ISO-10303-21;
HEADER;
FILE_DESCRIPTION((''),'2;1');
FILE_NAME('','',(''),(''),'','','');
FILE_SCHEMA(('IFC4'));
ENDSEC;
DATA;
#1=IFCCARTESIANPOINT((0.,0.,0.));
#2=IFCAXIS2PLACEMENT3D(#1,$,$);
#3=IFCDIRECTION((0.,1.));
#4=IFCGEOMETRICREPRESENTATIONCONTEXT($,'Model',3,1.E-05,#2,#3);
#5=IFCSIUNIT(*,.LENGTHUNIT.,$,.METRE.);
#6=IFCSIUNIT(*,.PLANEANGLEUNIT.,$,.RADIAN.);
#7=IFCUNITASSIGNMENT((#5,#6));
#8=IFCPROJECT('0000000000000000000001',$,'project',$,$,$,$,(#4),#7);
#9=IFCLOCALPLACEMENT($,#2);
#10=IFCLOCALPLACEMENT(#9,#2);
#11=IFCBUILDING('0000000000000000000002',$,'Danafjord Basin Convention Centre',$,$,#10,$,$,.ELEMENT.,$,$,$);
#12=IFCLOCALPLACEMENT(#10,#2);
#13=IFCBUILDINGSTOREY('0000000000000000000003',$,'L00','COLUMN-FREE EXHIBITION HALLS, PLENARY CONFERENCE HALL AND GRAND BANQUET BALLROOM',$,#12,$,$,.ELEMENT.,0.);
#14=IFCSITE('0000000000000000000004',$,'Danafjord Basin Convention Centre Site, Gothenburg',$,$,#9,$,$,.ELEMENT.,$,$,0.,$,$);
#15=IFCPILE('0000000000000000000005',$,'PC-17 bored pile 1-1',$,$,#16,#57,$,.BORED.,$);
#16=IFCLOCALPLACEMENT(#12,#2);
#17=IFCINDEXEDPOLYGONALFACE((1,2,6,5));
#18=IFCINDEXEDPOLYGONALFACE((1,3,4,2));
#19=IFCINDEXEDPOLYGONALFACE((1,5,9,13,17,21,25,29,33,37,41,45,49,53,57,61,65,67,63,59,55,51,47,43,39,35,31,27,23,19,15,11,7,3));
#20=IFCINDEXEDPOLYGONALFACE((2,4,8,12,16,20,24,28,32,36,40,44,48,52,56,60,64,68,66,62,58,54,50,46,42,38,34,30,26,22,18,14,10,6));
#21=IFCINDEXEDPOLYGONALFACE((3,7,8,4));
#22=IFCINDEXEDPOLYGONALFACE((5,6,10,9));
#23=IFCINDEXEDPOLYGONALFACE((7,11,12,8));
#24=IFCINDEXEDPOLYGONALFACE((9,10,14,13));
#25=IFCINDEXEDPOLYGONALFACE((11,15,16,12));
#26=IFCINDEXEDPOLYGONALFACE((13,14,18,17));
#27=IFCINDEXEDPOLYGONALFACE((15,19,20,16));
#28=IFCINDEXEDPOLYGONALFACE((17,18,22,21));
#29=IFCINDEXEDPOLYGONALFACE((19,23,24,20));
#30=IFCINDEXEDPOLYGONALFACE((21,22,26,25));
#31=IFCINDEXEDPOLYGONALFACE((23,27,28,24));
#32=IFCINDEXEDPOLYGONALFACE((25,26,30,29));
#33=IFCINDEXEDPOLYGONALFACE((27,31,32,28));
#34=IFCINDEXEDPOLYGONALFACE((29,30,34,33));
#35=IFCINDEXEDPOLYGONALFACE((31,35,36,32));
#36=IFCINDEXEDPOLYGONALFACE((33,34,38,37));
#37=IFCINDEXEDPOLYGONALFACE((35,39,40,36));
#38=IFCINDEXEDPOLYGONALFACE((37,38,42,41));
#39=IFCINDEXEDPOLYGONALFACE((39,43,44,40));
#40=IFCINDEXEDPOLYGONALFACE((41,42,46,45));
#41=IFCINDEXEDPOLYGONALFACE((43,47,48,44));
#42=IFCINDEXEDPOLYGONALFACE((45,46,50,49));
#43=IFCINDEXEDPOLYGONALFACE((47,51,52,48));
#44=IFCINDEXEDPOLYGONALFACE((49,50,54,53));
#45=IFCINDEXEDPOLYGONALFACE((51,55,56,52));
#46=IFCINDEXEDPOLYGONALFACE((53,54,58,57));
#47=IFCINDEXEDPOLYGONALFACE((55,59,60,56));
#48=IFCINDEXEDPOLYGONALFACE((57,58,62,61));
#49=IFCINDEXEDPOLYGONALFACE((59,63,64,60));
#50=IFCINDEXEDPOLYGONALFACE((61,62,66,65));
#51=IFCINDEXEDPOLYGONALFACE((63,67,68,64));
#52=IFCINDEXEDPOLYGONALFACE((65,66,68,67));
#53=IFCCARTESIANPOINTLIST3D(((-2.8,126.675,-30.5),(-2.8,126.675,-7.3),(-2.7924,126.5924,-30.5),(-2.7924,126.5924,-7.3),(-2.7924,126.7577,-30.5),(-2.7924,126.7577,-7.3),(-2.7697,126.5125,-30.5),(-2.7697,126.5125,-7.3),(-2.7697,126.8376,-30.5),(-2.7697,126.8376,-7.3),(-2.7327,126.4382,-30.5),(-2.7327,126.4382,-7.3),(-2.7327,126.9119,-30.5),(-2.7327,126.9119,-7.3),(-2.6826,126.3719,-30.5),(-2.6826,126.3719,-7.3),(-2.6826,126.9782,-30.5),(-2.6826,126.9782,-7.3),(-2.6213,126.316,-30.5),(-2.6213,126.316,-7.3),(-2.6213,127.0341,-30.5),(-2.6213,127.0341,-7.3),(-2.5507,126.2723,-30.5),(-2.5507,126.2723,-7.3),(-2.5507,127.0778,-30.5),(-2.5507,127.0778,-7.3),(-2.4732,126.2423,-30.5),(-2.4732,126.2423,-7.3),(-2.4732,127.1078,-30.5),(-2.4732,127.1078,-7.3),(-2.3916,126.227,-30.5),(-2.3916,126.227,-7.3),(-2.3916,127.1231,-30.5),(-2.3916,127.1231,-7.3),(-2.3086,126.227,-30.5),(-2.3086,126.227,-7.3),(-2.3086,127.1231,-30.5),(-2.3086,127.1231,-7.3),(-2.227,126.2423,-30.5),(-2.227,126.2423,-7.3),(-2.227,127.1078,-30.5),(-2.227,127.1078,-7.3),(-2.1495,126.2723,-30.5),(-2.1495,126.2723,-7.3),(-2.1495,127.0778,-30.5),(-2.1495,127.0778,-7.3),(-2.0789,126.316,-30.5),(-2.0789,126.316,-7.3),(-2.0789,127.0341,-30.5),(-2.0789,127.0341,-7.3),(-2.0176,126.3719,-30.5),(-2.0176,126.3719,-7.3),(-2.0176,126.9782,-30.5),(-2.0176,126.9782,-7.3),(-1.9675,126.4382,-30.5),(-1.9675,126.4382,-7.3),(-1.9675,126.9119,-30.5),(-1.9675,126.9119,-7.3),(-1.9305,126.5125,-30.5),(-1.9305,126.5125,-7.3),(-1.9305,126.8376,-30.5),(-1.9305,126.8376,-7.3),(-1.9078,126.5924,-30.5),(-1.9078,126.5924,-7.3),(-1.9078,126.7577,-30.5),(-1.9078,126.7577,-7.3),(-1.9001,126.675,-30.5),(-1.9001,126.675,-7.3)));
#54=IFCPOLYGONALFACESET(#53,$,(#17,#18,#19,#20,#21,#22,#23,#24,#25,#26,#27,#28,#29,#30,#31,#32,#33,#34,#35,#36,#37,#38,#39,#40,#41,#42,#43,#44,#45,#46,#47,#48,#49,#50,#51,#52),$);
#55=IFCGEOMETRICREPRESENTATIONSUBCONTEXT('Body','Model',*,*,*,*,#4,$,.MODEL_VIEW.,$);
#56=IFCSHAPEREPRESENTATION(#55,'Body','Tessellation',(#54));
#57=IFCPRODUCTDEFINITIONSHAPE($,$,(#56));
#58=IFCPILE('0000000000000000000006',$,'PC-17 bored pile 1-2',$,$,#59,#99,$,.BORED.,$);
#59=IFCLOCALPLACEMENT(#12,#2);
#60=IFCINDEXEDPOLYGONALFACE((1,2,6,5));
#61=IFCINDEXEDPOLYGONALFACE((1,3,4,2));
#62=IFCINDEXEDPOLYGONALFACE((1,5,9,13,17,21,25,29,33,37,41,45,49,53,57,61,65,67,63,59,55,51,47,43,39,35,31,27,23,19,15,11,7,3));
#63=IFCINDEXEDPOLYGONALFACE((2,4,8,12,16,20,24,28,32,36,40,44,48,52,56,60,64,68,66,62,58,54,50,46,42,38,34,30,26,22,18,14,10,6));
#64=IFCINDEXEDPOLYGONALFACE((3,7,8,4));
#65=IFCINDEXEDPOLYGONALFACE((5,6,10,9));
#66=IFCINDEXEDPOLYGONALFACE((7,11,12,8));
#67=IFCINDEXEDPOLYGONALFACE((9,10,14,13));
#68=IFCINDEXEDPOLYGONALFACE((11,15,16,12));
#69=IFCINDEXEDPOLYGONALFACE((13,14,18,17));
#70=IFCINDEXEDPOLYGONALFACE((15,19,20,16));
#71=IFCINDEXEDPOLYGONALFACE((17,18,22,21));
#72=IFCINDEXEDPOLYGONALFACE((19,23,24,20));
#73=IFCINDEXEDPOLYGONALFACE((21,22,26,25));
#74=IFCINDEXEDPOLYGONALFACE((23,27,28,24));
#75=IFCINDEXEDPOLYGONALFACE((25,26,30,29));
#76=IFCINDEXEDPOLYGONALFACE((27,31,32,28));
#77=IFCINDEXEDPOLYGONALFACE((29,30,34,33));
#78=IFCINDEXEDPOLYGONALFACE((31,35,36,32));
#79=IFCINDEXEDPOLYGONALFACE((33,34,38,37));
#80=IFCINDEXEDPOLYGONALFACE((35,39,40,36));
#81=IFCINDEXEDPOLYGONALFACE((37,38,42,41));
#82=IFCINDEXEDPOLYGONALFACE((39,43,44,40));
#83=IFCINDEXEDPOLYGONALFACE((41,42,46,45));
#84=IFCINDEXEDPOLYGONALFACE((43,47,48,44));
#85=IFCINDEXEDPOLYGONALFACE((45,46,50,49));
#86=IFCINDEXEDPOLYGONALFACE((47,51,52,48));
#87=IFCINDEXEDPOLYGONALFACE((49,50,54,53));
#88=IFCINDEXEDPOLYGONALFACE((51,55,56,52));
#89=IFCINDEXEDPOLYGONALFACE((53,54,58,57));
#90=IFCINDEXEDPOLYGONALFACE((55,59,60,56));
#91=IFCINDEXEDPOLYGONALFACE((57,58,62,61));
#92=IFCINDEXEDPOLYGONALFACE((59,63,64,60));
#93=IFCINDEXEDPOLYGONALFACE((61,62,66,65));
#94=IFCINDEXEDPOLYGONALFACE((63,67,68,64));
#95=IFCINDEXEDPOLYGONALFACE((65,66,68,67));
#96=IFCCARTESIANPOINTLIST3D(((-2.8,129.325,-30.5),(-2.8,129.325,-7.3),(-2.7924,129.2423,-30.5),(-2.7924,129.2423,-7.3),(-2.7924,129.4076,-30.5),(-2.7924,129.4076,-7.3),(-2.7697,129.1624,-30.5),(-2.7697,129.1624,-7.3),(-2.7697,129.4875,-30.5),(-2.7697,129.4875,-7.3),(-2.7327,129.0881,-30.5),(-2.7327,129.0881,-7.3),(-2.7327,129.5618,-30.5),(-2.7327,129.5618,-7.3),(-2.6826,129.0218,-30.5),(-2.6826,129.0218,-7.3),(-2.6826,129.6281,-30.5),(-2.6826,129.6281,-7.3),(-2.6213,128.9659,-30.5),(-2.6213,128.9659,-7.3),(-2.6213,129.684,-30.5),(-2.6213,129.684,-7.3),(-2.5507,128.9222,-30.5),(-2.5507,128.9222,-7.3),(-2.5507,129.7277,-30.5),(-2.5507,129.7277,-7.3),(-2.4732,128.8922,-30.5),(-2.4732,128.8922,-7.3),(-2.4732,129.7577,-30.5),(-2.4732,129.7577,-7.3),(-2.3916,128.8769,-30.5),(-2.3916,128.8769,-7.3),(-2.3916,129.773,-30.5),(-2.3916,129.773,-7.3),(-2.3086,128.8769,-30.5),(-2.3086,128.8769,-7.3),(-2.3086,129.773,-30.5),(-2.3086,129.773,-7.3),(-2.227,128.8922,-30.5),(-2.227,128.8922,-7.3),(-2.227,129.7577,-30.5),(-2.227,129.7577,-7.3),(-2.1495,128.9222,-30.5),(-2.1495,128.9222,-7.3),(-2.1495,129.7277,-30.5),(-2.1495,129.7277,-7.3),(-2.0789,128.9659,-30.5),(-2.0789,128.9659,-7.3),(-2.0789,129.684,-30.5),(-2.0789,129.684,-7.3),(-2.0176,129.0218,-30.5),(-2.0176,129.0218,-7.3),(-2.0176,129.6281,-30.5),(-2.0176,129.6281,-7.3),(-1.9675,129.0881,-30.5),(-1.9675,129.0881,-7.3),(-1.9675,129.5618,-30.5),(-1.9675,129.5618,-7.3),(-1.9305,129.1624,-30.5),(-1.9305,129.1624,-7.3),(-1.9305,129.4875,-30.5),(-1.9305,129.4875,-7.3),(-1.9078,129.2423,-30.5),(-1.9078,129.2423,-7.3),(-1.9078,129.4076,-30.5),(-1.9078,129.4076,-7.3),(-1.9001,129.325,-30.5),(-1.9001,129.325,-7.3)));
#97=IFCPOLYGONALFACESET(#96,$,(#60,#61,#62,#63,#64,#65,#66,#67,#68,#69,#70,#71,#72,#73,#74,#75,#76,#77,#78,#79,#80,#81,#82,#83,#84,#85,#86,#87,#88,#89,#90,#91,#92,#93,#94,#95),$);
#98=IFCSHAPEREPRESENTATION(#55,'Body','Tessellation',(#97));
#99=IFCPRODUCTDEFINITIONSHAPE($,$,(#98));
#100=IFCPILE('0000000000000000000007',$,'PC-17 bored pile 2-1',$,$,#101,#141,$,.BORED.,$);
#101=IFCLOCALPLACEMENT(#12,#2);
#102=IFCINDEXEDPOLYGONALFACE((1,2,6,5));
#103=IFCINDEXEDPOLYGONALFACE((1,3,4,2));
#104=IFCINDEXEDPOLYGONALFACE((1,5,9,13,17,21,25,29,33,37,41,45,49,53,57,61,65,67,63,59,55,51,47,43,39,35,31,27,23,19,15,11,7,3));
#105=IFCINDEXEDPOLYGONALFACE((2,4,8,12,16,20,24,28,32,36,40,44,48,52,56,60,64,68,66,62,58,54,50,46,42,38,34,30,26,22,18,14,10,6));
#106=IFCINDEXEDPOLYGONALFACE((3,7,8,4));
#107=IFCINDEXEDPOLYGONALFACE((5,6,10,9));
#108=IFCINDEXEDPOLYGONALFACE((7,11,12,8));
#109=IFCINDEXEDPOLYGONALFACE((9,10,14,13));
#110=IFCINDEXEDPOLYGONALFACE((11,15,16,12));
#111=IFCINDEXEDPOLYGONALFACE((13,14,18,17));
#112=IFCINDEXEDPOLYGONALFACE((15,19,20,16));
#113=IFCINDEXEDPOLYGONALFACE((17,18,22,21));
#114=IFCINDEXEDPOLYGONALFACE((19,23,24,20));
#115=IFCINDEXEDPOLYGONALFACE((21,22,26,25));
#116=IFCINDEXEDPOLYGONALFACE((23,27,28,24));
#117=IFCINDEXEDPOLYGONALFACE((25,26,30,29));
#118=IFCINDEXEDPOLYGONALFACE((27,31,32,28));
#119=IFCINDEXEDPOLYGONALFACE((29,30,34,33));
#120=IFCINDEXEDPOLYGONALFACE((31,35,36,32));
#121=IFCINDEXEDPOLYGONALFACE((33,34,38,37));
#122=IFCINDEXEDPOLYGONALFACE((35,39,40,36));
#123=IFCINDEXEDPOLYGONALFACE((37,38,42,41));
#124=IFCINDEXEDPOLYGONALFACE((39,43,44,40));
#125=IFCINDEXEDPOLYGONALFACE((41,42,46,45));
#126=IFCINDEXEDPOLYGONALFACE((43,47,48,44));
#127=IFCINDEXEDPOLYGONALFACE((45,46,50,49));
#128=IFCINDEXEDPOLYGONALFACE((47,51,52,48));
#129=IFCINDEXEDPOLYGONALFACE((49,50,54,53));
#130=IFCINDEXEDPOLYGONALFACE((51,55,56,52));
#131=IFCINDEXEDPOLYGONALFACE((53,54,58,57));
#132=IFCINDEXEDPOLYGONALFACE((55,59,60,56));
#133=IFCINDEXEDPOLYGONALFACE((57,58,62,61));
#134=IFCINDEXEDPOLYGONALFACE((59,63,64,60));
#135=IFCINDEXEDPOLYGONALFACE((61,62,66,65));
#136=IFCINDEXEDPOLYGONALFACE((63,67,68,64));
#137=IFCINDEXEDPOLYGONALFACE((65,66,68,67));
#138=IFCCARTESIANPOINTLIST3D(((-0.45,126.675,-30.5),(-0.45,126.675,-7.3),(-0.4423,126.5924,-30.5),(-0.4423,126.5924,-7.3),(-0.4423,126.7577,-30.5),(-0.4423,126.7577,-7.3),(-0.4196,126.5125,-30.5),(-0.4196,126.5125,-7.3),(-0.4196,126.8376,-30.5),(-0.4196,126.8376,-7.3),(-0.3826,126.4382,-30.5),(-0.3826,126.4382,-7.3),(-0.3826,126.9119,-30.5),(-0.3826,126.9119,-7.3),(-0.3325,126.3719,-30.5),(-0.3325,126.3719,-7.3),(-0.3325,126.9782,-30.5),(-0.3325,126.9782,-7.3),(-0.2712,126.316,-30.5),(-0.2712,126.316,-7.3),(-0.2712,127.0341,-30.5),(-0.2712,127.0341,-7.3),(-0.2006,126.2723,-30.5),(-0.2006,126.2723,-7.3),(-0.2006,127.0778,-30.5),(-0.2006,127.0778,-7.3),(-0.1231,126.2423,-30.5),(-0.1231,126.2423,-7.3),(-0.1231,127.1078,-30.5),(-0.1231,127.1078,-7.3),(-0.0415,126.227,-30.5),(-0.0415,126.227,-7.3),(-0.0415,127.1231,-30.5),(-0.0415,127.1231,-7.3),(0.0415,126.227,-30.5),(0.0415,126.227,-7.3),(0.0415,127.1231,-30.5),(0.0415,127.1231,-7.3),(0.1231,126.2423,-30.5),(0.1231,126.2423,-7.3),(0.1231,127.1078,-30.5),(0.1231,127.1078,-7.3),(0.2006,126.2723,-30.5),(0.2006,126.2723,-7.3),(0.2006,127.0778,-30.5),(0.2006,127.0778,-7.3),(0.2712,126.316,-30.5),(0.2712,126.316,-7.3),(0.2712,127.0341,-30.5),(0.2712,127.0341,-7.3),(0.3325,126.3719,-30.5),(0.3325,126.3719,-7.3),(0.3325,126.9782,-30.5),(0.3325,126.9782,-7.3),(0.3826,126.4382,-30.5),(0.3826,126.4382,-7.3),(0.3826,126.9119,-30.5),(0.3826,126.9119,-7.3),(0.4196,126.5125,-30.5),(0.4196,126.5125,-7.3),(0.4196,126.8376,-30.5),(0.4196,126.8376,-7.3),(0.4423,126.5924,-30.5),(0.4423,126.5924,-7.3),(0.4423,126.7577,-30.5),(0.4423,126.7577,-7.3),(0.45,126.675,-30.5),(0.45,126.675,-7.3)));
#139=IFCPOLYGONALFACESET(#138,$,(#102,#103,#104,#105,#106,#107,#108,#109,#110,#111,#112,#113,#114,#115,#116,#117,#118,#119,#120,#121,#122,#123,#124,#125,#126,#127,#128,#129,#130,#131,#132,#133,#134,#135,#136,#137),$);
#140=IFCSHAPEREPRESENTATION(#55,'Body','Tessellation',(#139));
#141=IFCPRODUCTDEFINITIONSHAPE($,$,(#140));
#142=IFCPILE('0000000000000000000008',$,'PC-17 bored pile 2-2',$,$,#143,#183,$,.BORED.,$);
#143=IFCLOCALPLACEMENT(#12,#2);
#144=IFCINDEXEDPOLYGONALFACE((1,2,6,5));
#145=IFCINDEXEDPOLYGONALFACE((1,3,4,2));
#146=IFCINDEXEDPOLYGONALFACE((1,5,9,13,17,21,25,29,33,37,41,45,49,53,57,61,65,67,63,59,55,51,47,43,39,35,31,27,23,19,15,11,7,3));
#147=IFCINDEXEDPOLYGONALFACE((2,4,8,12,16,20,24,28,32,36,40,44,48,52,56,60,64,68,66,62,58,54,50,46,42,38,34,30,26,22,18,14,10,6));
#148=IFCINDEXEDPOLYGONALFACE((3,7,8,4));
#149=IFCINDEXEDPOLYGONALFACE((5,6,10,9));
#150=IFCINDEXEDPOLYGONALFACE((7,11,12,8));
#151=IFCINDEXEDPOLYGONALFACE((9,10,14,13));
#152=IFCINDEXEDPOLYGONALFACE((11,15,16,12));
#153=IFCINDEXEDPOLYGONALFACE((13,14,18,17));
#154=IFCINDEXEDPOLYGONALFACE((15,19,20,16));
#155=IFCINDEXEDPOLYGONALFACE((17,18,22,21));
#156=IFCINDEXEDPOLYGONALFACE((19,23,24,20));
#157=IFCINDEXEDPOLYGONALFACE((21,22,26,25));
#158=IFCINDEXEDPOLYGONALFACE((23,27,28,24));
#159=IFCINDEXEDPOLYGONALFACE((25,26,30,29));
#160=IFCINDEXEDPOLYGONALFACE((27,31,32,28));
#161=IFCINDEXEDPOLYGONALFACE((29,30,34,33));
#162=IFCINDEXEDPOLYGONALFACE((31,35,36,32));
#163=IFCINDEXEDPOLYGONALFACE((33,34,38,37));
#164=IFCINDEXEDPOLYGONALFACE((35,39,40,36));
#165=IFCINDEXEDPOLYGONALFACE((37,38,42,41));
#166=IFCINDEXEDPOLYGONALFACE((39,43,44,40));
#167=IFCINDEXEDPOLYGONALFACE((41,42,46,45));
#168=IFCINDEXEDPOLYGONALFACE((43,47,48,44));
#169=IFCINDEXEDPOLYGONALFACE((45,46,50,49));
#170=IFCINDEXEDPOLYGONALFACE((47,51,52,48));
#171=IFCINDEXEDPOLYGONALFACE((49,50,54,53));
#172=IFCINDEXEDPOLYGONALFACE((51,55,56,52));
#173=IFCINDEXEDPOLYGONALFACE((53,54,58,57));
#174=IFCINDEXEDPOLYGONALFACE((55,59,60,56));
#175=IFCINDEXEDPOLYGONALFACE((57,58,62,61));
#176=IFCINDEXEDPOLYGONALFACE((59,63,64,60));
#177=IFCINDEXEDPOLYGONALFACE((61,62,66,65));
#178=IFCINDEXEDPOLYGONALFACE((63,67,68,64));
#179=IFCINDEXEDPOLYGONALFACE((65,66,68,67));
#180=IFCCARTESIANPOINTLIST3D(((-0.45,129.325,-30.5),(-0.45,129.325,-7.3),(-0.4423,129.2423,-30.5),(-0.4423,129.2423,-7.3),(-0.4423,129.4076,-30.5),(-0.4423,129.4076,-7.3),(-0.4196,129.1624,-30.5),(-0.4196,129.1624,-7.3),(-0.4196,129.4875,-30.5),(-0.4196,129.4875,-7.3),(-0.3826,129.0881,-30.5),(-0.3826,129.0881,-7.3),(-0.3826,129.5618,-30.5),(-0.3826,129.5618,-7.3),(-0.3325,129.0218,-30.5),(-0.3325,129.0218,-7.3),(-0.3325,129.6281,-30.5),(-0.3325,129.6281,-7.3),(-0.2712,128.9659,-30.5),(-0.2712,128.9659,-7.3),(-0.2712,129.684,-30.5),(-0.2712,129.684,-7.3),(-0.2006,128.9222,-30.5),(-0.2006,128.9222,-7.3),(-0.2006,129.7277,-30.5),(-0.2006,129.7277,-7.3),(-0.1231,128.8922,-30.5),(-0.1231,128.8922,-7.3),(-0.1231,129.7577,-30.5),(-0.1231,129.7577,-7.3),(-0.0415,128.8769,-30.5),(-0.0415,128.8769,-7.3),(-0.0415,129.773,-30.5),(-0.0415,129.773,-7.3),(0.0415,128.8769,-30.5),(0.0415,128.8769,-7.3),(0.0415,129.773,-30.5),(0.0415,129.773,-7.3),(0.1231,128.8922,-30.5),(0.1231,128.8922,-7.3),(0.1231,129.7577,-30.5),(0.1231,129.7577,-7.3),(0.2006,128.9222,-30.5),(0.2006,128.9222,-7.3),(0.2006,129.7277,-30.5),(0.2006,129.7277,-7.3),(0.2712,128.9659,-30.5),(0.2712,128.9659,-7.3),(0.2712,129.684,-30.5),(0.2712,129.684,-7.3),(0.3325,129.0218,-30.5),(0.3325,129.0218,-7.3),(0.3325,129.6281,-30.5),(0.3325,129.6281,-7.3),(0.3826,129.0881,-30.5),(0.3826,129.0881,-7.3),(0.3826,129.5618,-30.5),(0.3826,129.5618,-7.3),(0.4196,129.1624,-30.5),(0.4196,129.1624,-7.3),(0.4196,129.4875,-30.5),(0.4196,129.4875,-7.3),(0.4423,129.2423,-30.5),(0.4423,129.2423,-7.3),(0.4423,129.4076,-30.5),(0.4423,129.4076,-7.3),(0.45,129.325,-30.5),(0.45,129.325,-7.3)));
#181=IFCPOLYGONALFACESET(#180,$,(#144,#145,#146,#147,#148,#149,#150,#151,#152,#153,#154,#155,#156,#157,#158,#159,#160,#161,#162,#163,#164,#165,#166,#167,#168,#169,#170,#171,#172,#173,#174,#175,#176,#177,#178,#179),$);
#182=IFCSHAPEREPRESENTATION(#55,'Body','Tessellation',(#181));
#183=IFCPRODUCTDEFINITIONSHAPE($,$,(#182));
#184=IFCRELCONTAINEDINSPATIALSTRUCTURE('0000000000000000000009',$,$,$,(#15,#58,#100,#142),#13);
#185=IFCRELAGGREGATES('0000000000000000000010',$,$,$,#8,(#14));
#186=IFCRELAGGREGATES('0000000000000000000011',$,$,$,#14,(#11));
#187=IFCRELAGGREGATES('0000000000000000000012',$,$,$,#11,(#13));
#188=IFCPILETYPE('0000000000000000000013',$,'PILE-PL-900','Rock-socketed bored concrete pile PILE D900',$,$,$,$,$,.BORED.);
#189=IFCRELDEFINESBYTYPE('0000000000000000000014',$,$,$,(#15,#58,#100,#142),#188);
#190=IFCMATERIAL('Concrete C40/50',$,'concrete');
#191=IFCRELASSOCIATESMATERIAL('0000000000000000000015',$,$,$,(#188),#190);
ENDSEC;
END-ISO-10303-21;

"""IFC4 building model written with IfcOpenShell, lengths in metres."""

from ifc_helpers import new_model, si_unit, direction, frame, origin, origin_2d, place, context, subcontext, project, spatial, circle, extrude, material, material_profile, profile_set, type_object, element, save


model = new_model("IFC4")

# Units and contexts
model_context = context("Model", 3, precision=1e-05, world=origin(), true_north=direction((0.0, 1.0)))
body_context = subcontext(model_context, "Body", "Model", "MODEL_VIEW")
ifc_project = project(units=[si_unit("LENGTHUNIT", "METRE"), si_unit("PLANEANGLEUNIT", "RADIAN")], contexts=[model_context])

# Site, building, storey
site_placement = place(None, origin())
site = spatial("IfcSite", under=ifc_project, at=site_placement, Name="Danafjord Basin Convention Centre Site, Gothenburg", CompositionType="ELEMENT", RefElevation=0.0)
building_placement = place(site_placement, origin())
building = spatial("IfcBuilding", under=site, at=building_placement, Name="Danafjord Basin Convention Centre", CompositionType="ELEMENT")
storey_placement = place(building_placement, origin())
storey = spatial("IfcBuildingStorey", under=building, at=storey_placement, Name="L00", Description="COLUMN-FREE EXHIBITION HALLS, PLENARY CONFERENCE HALL AND GRAND BANQUET BALLROOM", CompositionType="ELEMENT", Elevation=0.0)

# Shared definitions
ifc_material_1 = material(Name="Concrete C40/50", Category="concrete")

# Piles
ifc_material_profile_1 = material_profile(ifc_material_1, circle(Radius=0.45, at=origin_2d()), Name="PILE D900")
ifc_profile_set_1 = profile_set([ifc_material_profile_1], Name="Concrete C40/50")
pile_type_1 = type_object("IfcPileType", Name="PILE-PL-900", Description="Rock-socketed bored concrete pile PILE D900", PredefinedType="BORED", material=ifc_profile_set_1)
for number, where, z_axis, x_axis, name in (
    (1, (-2.3501, 126.675, -7.3), (0.0, 0.0, -1.0), (1.0, 0.0, 0.0), "PC-17 bored pile 1-1"),
    (2, (-2.3501, 129.325, -7.3), (0.0, 0.0, -1.0), (1.0, 0.0, 0.0), "PC-17 bored pile 1-2"),
    (3, (0.0, 126.675, -7.3), (0.0, 0.0, -1.0), (1.0, 0.0, 0.0), "PC-17 bored pile 2-1"),
    (4, (0.0, 129.325, -7.3), (0.0, 0.0, -1.0), (1.0, 0.0, 0.0), "PC-17 bored pile 2-2"),
):
    element("IfcPile", number, at=place(storey_placement, frame(where, z_axis=z_axis, x_axis=x_axis)), inside=storey, type_object=pile_type_1, Name=name, PredefinedType="BORED", context=body_context, shape_type="SweptSolid", body=[
        extrude(circle(Radius=0.45, at=origin_2d()), origin(), (0.0, 0.0, 1.0), 23.2),
    ])

save(model, "model.ifc")
